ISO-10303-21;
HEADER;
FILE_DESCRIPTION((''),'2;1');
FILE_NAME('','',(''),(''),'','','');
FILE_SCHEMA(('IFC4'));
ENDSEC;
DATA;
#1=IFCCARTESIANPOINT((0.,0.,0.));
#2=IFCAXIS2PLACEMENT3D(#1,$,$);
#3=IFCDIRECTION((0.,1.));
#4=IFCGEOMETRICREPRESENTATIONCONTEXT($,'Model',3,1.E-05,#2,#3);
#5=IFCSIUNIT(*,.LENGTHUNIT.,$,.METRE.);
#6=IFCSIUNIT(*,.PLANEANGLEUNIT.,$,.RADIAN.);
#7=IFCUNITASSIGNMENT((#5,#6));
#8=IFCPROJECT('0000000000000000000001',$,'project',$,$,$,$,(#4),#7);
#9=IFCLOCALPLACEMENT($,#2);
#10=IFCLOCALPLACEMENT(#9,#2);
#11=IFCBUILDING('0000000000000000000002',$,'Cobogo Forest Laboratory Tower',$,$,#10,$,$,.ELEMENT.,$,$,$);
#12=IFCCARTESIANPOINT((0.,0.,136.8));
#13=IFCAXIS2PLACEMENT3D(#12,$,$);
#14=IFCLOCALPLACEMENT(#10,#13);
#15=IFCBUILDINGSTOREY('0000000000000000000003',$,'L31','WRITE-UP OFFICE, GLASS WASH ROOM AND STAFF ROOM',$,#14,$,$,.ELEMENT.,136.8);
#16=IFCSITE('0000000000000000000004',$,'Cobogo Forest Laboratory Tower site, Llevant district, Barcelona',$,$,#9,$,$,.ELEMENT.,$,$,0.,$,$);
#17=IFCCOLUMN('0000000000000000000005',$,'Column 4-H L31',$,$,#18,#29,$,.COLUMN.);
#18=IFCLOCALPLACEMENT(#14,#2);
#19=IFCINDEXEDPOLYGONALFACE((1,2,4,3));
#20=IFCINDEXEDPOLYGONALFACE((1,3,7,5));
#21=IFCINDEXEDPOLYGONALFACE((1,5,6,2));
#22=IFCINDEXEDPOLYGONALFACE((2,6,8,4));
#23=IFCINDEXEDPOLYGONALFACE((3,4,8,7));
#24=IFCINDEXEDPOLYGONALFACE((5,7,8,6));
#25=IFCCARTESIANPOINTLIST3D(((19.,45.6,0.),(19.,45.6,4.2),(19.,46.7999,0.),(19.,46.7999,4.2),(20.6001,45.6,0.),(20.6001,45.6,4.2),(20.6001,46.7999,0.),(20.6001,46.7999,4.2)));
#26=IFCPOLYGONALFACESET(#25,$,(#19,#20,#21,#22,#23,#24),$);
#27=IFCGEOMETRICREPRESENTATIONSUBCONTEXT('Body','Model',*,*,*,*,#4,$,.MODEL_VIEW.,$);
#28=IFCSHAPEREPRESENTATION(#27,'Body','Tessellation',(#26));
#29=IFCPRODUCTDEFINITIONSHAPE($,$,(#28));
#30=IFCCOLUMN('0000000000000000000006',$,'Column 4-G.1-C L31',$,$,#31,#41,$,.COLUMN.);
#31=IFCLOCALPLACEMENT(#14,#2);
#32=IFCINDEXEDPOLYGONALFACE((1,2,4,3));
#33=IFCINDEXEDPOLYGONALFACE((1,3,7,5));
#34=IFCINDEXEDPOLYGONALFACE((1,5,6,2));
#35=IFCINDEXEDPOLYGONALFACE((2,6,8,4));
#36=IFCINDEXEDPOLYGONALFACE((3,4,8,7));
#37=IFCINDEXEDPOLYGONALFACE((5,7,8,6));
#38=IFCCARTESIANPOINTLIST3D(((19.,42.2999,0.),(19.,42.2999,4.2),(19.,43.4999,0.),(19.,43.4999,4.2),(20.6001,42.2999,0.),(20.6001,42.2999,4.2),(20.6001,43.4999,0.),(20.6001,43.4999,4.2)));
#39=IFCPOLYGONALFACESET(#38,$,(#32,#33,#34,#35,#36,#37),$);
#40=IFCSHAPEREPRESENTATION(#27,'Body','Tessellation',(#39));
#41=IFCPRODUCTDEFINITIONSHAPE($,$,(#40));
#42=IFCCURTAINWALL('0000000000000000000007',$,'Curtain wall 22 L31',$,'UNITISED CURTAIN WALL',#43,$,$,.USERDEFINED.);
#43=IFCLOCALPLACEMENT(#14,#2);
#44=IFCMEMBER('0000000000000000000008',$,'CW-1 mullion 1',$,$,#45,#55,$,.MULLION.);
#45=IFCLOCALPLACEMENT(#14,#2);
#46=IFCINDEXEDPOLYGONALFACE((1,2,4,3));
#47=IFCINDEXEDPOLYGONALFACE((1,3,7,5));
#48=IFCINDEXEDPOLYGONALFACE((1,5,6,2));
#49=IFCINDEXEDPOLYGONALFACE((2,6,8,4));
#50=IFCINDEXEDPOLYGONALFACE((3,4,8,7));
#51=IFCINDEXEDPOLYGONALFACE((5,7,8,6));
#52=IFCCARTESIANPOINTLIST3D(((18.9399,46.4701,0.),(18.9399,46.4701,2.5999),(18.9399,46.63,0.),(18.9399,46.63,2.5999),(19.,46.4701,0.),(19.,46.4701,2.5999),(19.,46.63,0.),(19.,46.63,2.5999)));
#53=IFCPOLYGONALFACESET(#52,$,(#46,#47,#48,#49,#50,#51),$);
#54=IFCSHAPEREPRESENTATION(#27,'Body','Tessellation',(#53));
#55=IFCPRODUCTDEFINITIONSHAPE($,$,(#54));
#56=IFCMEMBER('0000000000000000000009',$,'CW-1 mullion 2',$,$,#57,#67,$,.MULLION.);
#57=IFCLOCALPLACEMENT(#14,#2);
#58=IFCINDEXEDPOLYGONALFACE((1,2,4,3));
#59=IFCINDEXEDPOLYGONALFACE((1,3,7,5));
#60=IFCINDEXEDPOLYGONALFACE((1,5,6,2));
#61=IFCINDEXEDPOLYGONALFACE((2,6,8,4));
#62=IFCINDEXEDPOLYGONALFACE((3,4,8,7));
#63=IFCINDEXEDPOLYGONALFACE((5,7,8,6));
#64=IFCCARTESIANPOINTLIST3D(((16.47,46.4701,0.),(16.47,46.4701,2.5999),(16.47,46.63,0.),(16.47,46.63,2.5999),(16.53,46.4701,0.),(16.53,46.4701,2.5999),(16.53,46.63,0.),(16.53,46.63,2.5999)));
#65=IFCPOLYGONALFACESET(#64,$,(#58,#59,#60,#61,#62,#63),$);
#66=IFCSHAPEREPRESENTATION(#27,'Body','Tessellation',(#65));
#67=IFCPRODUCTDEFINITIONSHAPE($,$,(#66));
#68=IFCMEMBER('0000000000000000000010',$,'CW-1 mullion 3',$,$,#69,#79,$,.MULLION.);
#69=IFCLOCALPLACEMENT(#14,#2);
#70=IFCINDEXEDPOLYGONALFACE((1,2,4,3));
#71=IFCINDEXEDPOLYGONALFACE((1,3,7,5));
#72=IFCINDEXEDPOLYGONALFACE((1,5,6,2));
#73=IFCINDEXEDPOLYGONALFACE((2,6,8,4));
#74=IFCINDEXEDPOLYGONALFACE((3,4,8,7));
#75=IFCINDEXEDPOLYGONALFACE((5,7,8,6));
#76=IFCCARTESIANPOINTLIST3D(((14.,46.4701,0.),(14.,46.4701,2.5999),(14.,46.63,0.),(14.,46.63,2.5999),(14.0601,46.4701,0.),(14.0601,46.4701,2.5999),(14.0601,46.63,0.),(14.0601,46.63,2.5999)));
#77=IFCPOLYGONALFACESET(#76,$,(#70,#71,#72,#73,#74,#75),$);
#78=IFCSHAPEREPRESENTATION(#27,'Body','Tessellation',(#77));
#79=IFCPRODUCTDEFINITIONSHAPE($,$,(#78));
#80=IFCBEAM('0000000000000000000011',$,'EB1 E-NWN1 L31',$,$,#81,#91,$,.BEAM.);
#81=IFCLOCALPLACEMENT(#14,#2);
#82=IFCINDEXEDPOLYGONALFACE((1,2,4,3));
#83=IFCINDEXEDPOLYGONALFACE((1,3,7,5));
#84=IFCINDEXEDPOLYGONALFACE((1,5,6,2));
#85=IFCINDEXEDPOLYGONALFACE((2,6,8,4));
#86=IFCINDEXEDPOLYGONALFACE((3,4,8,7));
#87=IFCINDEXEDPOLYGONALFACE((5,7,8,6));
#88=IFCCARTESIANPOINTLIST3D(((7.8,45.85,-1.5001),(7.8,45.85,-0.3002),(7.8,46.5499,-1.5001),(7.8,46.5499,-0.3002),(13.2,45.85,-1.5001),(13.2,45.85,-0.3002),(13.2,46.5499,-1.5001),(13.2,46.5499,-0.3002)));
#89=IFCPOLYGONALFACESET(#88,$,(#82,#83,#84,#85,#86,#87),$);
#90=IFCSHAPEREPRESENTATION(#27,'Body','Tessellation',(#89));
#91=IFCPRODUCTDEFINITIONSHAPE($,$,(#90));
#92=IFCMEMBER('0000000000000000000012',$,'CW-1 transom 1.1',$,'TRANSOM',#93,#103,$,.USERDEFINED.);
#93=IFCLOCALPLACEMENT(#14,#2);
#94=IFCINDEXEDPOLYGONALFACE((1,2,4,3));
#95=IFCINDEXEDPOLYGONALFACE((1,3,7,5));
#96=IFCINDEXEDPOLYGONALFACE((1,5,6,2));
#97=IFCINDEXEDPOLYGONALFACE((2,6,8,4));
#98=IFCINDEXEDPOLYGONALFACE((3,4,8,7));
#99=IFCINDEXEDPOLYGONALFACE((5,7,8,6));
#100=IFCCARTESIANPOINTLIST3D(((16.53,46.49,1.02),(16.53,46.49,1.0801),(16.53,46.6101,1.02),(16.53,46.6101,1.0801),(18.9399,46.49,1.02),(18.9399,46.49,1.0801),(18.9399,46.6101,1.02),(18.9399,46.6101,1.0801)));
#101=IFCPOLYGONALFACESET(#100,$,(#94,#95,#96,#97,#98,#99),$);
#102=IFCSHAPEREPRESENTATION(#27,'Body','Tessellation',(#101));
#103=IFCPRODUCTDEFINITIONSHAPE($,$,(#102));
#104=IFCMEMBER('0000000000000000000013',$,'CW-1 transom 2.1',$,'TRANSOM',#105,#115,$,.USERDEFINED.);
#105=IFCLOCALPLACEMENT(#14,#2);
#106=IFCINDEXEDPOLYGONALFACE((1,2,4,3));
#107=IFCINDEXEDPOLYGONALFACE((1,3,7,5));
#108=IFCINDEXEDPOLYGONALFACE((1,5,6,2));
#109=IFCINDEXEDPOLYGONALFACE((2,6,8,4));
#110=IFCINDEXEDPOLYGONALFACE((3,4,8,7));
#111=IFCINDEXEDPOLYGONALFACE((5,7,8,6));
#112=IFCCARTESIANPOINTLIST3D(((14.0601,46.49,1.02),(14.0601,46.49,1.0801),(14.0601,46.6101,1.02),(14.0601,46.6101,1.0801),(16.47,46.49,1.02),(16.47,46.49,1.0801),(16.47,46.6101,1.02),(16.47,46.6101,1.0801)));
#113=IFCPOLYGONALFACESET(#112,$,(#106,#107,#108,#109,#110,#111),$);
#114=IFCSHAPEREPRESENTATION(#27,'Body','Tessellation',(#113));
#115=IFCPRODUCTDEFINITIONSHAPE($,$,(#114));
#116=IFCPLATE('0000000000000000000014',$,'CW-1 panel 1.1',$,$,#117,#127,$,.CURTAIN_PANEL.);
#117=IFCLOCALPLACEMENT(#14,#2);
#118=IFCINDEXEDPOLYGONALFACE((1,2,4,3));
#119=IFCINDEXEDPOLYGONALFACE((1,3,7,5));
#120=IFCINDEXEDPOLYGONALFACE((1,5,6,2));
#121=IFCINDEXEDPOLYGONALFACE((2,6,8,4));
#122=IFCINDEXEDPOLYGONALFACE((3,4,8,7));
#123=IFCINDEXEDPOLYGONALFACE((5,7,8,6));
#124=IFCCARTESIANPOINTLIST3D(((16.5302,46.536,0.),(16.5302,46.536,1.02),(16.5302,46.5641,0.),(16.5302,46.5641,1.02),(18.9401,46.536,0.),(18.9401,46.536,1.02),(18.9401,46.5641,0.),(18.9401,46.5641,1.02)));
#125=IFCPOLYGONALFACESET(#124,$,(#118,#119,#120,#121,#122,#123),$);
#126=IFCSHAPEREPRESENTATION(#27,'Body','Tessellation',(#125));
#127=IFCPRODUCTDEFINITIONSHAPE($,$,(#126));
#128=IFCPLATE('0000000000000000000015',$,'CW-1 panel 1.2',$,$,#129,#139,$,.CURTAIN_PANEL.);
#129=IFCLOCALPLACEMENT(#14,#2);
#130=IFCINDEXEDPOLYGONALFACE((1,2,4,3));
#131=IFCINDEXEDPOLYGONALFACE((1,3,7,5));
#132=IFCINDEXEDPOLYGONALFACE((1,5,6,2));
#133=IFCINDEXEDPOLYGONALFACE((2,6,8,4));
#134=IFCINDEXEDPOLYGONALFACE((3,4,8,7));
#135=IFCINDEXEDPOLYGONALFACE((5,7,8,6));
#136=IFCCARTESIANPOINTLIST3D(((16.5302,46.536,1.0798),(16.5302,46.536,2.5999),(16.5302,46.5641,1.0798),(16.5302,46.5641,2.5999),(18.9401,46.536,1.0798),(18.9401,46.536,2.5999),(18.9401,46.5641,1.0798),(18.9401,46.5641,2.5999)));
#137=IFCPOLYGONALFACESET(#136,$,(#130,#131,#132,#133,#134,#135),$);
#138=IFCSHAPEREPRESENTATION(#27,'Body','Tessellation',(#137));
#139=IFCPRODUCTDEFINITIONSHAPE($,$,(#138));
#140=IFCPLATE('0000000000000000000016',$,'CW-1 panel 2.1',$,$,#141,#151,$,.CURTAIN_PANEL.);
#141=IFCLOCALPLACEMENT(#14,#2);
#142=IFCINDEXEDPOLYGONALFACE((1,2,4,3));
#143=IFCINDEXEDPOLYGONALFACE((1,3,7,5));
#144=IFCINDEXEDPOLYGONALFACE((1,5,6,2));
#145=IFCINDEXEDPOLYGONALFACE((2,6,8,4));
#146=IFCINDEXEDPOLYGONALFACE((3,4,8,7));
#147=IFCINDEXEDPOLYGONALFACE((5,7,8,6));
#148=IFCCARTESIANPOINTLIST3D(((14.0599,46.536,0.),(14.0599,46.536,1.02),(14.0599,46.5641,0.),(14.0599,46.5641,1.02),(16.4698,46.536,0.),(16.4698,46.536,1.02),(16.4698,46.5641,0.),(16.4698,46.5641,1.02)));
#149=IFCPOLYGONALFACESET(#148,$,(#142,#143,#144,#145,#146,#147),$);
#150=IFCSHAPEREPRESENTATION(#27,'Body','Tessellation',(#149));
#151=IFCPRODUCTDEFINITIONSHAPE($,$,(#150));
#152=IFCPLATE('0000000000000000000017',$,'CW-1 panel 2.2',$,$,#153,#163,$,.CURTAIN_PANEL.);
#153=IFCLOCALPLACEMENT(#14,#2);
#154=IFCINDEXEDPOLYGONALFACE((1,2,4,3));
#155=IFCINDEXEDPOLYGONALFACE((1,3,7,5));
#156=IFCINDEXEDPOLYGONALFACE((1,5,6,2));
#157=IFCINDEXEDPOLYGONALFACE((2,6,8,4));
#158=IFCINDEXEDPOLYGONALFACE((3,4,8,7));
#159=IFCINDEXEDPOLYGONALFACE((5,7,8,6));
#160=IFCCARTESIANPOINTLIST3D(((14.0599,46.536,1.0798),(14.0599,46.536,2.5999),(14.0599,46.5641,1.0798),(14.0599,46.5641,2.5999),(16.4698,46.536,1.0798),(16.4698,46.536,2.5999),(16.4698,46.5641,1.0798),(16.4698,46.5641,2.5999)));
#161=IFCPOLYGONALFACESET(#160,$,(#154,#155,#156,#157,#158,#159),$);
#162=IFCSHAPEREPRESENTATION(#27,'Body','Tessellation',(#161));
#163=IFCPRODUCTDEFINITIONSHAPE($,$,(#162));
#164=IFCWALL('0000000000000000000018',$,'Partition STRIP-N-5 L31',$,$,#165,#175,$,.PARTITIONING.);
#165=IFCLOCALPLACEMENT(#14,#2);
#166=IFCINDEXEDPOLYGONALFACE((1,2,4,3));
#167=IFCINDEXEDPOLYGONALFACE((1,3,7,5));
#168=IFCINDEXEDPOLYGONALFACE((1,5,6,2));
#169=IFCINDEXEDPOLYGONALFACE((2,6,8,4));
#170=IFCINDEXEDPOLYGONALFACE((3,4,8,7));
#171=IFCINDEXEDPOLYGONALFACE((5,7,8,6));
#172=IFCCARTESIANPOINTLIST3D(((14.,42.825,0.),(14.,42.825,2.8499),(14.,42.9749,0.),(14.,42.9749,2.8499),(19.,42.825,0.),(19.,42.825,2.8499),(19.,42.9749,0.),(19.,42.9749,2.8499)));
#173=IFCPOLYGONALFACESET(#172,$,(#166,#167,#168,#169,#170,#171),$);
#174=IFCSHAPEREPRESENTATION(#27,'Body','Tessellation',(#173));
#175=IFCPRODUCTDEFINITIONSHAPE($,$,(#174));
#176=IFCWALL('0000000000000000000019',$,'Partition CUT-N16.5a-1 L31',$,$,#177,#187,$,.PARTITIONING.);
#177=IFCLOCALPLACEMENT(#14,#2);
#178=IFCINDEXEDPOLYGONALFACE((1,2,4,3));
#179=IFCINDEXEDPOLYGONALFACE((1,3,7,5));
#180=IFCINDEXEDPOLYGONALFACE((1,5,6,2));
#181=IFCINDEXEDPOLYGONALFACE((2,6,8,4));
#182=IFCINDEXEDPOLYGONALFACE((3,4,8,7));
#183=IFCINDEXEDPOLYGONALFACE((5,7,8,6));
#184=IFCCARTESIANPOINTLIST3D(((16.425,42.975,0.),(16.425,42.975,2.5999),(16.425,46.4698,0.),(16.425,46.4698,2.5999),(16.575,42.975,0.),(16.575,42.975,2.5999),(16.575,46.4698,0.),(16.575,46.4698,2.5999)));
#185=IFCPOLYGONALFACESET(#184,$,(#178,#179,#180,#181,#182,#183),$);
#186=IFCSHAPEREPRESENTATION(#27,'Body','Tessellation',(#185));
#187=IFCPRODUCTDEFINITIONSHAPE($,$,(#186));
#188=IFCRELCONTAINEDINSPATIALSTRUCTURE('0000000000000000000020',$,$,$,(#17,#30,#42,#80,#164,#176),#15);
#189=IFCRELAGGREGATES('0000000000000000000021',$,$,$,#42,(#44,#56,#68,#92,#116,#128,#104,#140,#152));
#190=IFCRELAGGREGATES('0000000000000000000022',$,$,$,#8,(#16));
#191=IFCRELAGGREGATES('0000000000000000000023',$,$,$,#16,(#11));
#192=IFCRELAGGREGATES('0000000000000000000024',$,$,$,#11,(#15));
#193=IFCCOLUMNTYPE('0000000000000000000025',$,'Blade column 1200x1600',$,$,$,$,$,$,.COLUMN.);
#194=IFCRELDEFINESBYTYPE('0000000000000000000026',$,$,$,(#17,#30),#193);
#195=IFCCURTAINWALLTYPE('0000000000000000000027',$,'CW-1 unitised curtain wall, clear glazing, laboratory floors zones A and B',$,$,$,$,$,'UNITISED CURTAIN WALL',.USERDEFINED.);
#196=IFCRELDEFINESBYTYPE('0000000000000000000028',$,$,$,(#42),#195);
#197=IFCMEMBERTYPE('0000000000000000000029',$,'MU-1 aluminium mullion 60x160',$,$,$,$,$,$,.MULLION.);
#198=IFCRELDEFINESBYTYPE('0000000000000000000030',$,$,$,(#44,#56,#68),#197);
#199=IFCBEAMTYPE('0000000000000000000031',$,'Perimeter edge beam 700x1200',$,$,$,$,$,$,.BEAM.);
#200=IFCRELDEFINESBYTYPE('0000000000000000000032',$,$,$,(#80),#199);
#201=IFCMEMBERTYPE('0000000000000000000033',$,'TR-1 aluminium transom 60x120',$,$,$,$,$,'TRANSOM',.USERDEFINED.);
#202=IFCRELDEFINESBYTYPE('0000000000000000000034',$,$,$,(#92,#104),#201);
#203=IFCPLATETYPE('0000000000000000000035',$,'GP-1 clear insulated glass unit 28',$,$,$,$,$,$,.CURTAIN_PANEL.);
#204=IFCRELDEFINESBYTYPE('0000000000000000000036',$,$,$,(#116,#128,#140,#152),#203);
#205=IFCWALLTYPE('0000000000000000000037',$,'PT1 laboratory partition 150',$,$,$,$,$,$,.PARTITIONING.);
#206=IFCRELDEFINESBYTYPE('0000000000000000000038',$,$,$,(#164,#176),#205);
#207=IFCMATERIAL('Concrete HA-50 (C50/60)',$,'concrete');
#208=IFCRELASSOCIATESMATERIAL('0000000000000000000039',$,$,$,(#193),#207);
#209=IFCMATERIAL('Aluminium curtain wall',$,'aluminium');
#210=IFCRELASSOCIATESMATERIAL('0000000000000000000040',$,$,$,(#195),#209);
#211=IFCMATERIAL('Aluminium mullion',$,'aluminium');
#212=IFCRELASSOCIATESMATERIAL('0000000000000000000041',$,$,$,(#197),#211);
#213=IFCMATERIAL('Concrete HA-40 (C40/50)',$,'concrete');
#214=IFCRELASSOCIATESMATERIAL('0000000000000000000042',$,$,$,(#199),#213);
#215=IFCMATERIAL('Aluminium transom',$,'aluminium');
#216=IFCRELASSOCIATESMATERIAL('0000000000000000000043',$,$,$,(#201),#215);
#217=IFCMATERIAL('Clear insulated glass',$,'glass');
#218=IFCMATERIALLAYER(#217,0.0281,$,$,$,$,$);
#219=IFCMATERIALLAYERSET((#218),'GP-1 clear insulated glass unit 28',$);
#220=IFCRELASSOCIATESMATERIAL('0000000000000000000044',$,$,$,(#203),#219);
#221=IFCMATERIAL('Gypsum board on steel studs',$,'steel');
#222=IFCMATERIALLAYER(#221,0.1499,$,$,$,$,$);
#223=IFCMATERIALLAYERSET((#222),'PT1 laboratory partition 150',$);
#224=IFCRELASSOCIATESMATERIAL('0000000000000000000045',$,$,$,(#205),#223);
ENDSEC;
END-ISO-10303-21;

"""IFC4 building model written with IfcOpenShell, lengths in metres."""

from ifc_helpers import new_model, si_unit, direction, frame, frame_2d, origin, origin_2d, place, context, subcontext, project, spatial, rectangle, extrude, material, layer, layer_set, material_profile, profile_set, type_object, element, aggregate, save


model = new_model("IFC4")

# Units and contexts
model_context = context("Model", 3, precision=1e-05, world=origin(), true_north=direction((0.0, 1.0)))
body_context = subcontext(model_context, "Body", "Model", "MODEL_VIEW")
ifc_project = project(units=[si_unit("LENGTHUNIT", "METRE"), si_unit("PLANEANGLEUNIT", "RADIAN")], contexts=[model_context])

# Site, building, storey
site_placement = place(None, origin())
site = spatial("IfcSite", under=ifc_project, at=site_placement, Name="Cobogo Forest Laboratory Tower site, Llevant district, Barcelona", CompositionType="ELEMENT", RefElevation=0.0)
building_placement = place(site_placement, origin())
building = spatial("IfcBuilding", under=site, at=building_placement, Name="Cobogo Forest Laboratory Tower", CompositionType="ELEMENT")
storey_placement = place(building_placement, frame((0.0, 0.0, 136.8)))
storey = spatial("IfcBuildingStorey", under=building, at=storey_placement, Name="L31", Description="WRITE-UP OFFICE, GLASS WASH ROOM AND STAFF ROOM", CompositionType="ELEMENT", Elevation=136.8)

# Columns
ifc_material_1 = material(Name="Concrete HA-50 (C50/60)", Category="concrete")
ifc_material_profile_1 = material_profile(ifc_material_1, rectangle(XDim=1.6001, YDim=1.2, at=origin_2d()), Name="RC 1200x1600")
ifc_profile_set_1 = profile_set([ifc_material_profile_1], Name="Concrete HA-50 (C50/60)")
column_type = type_object("IfcColumnType", Name="Blade column 1200x1600", PredefinedType="COLUMN", material=ifc_profile_set_1)
for number, where, z_axis, x_axis, name in (
    (1, (19.8, 46.2, 0.0), (0.0, 0.0, 1.0), (1.0, 0.0, 0.0), "Column 4-H L31"),
    (2, (19.8, 42.8999, 0.0), (0.0, 0.0, 1.0), (1.0, 0.0, 0.0), "Column 4-G.1-C L31"),
):
    element("IfcColumn", number, at=place(storey_placement, frame(where, z_axis=z_axis, x_axis=x_axis)), inside=storey, type_object=column_type, Name=name, PredefinedType="COLUMN", context=body_context, shape_type="SweptSolid", body=[
        extrude(rectangle(XDim=1.6001, YDim=1.2, at=origin_2d()), origin(), (0.0, 0.0, 1.0), 4.2),
    ])

# Curtain wall, members
ifc_material_2 = material(Name="Aluminium curtain wall", Category="aluminium")
curtain_wall_type = type_object("IfcCurtainWallType", Name="CW-1 unitised curtain wall, clear glazing, laboratory floors zones A and B", ElementType="UNITISED CURTAIN WALL", PredefinedType="USERDEFINED", material=ifc_material_2)
curtain_wall_placement = place(storey_placement, origin())
curtain_wall = element("IfcCurtainWall", 3, at=curtain_wall_placement, inside=storey, type_object=curtain_wall_type, Name="Curtain wall 22 L31", ObjectType="UNITISED CURTAIN WALL", PredefinedType="USERDEFINED")
ifc_material_3 = material(Name="Aluminium mullion", Category="aluminium")
ifc_material_profile_2 = material_profile(ifc_material_3, rectangle(XDim=0.0601, YDim=0.1599, at=origin_2d()), Name="AL 60x160")
ifc_profile_set_2 = profile_set([ifc_material_profile_2], Name="Aluminium mullion")
member_type_1 = type_object("IfcMemberType", Name="MU-1 aluminium mullion 60x160", PredefinedType="MULLION", material=ifc_profile_set_2)
member_1_placement = place(storey_placement, frame((18.97, 46.55, 0.0), z_axis=(0.0, 0.0, 1.0), x_axis=(-1.0, 0.0, 0.0)))
member_1 = element("IfcMember", 4, at=member_1_placement, type_object=member_type_1, Name="CW-1 mullion 1", PredefinedType="MULLION", context=body_context, shape_type="SweptSolid", body=[
    extrude(rectangle(XDim=0.0601, YDim=0.1599, at=origin_2d()), origin(), (0.0, 0.0, 1.0), 2.5999),
])
member_2_placement = place(storey_placement, frame((16.5, 46.55, 0.0), z_axis=(0.0, 0.0, 1.0), x_axis=(-1.0, 0.0, 0.0)))
member_2 = element("IfcMember", 5, at=member_2_placement, type_object=member_type_1, Name="CW-1 mullion 2", PredefinedType="MULLION", context=body_context, shape_type="SweptSolid", body=[
    extrude(rectangle(XDim=0.0601, YDim=0.1599, at=origin_2d()), origin(), (0.0, 0.0, 1.0), 2.5999),
])
member_3_placement = place(storey_placement, frame((14.03, 46.55, 0.0), z_axis=(0.0, 0.0, 1.0), x_axis=(-1.0, 0.0, 0.0)))
member_3 = element("IfcMember", 6, at=member_3_placement, type_object=member_type_1, Name="CW-1 mullion 3", PredefinedType="MULLION", context=body_context, shape_type="SweptSolid", body=[
    extrude(rectangle(XDim=0.0601, YDim=0.1599, at=origin_2d()), origin(), (0.0, 0.0, 1.0), 2.5999),
])

# Beam
ifc_material_4 = material(Name="Concrete HA-40 (C40/50)", Category="concrete")
ifc_material_profile_3 = material_profile(ifc_material_4, rectangle(XDim=0.7, YDim=1.2, at=origin_2d()), Name="RC 700x1200")
ifc_profile_set_3 = profile_set([ifc_material_profile_3], Name="Concrete HA-40 (C40/50)")
beam_type = type_object("IfcBeamType", Name="Perimeter edge beam 700x1200", PredefinedType="BEAM", material=ifc_profile_set_3)
beam_placement = place(storey_placement, frame((13.2, 46.2, -0.9001), z_axis=(-1.0, 0.0, 0.0), x_axis=(0.0, -1.0, 0.0)))
element("IfcBeam", 7, at=beam_placement, inside=storey, type_object=beam_type, Name="EB1 E-NWN1 L31", PredefinedType="BEAM", context=body_context, shape_type="SweptSolid", body=[
    extrude(rectangle(XDim=0.7, YDim=1.2, at=origin_2d()), origin(), (0.0, 0.0, 1.0), 5.3999),
])

# Members
ifc_material_5 = material(Name="Aluminium transom", Category="aluminium")
ifc_material_profile_4 = material_profile(ifc_material_5, rectangle(XDim=0.1201, YDim=0.0601, at=origin_2d()), Name="AL 60x120")
ifc_profile_set_4 = profile_set([ifc_material_profile_4], Name="Aluminium transom")
member_type_2 = type_object("IfcMemberType", Name="TR-1 aluminium transom 60x120", ElementType="TRANSOM", PredefinedType="USERDEFINED", material=ifc_profile_set_4)
member_4_placement = place(storey_placement, frame((18.9399, 46.55, 1.05), z_axis=(-1.0, 0.0, 0.0), x_axis=(0.0, -1.0, 0.0)))
member_4 = element("IfcMember", 8, at=member_4_placement, type_object=member_type_2, Name="CW-1 transom 1.1", ObjectType="TRANSOM", PredefinedType="USERDEFINED", context=body_context, shape_type="SweptSolid", body=[
    extrude(rectangle(XDim=0.1201, YDim=0.0601, at=origin_2d()), origin(), (0.0, 0.0, 1.0), 2.4099),
])
member_5_placement = place(storey_placement, frame((16.47, 46.55, 1.05), z_axis=(-1.0, 0.0, 0.0), x_axis=(0.0, -1.0, 0.0)))
member_5 = element("IfcMember", 9, at=member_5_placement, type_object=member_type_2, Name="CW-1 transom 2.1", ObjectType="TRANSOM", PredefinedType="USERDEFINED", context=body_context, shape_type="SweptSolid", body=[
    extrude(rectangle(XDim=0.1201, YDim=0.0601, at=origin_2d()), origin(), (0.0, 0.0, 1.0), 2.4099),
])

# Plates
ifc_material_6 = material(Name="Clear insulated glass", Category="glass")
ifc_layer_1 = layer(ifc_material_6, 0.0281)
ifc_layer_set_1 = layer_set([ifc_layer_1], Name="GP-1 clear insulated glass unit 28")
plate_type_1 = type_object("IfcPlateType", Name="GP-1 clear insulated glass unit 28", PredefinedType="CURTAIN_PANEL", material=ifc_layer_set_1)
plate_1_placement = place(storey_placement, frame((17.7351, 46.55, 0.0), z_axis=(0.0, 0.0, 1.0), x_axis=(-1.0, 0.0, 0.0)))
plate_1 = element("IfcPlate", 10, at=plate_1_placement, type_object=plate_type_1, Name="CW-1 panel 1.1", PredefinedType="CURTAIN_PANEL", context=body_context, shape_type="SweptSolid", body=[
    extrude(rectangle(XDim=2.4099, YDim=0.0281, at=origin_2d()), origin(), (0.0, 0.0, 1.0), 1.02),
])
plate_2_placement = place(storey_placement, frame((17.7351, 46.55, 1.0798), z_axis=(0.0, 0.0, 1.0), x_axis=(-1.0, 0.0, 0.0)))
plate_2 = element("IfcPlate", 11, at=plate_2_placement, type_object=plate_type_1, Name="CW-1 panel 1.2", PredefinedType="CURTAIN_PANEL", context=body_context, shape_type="SweptSolid", body=[
    extrude(rectangle(XDim=2.4099, YDim=0.0281, at=origin_2d()), origin(), (0.0, 0.0, 1.0), 1.52),
])
plate_3_placement = place(storey_placement, frame((15.2649, 46.55, 0.0), z_axis=(0.0, 0.0, 1.0), x_axis=(-1.0, 0.0, 0.0)))
plate_3 = element("IfcPlate", 12, at=plate_3_placement, type_object=plate_type_1, Name="CW-1 panel 2.1", PredefinedType="CURTAIN_PANEL", context=body_context, shape_type="SweptSolid", body=[
    extrude(rectangle(XDim=2.4099, YDim=0.0281, at=origin_2d()), origin(), (0.0, 0.0, 1.0), 1.02),
])
plate_4_placement = place(storey_placement, frame((15.2649, 46.55, 1.0798), z_axis=(0.0, 0.0, 1.0), x_axis=(-1.0, 0.0, 0.0)))
plate_4 = element("IfcPlate", 13, at=plate_4_placement, type_object=plate_type_1, Name="CW-1 panel 2.2", PredefinedType="CURTAIN_PANEL", context=body_context, shape_type="SweptSolid", body=[
    extrude(rectangle(XDim=2.4099, YDim=0.0281, at=origin_2d()), origin(), (0.0, 0.0, 1.0), 1.52),
])
aggregate(curtain_wall, [member_1, member_2, member_3, member_4, plate_1, plate_2, member_5, plate_3, plate_4])

# Walls
ifc_material_7 = material(Name="Gypsum board on steel studs", Category="steel")
ifc_layer_2 = layer(ifc_material_7, 0.1499)
ifc_layer_set_2 = layer_set([ifc_layer_2], Name="PT1 laboratory partition 150")
wall_type = type_object("IfcWallType", Name="PT1 laboratory partition 150", PredefinedType="PARTITIONING", material=ifc_layer_set_2)
wall_1_placement = place(storey_placement, frame((19.0, 42.8999, 0.0), z_axis=(0.0, 0.0, 1.0), x_axis=(-1.0, 0.0, 0.0)))
element("IfcWall", 14, at=wall_1_placement, inside=storey, type_object=wall_type, Name="Partition STRIP-N-5 L31", PredefinedType="PARTITIONING", context=body_context, shape_type="SweptSolid", body=[
    extrude(rectangle(XDim=5.0, YDim=0.1499, at=frame_2d((2.5, 0.0))), origin(), (0.0, 0.0, 1.0), 2.8499),
])
wall_2_placement = place(storey_placement, frame((16.5, 46.47, 0.0), z_axis=(0.0, 0.0, 1.0), x_axis=(0.0, -1.0, 0.0)))
element("IfcWall", 15, at=wall_2_placement, inside=storey, type_object=wall_type, Name="Partition CUT-N16.5a-1 L31", PredefinedType="PARTITIONING", context=body_context, shape_type="SweptSolid", body=[
    extrude(rectangle(XDim=3.4949, YDim=0.1499, at=frame_2d((1.7476, 0.0))), origin(), (0.0, 0.0, 1.0), 2.5999),
])

save(model, "model.ifc")
